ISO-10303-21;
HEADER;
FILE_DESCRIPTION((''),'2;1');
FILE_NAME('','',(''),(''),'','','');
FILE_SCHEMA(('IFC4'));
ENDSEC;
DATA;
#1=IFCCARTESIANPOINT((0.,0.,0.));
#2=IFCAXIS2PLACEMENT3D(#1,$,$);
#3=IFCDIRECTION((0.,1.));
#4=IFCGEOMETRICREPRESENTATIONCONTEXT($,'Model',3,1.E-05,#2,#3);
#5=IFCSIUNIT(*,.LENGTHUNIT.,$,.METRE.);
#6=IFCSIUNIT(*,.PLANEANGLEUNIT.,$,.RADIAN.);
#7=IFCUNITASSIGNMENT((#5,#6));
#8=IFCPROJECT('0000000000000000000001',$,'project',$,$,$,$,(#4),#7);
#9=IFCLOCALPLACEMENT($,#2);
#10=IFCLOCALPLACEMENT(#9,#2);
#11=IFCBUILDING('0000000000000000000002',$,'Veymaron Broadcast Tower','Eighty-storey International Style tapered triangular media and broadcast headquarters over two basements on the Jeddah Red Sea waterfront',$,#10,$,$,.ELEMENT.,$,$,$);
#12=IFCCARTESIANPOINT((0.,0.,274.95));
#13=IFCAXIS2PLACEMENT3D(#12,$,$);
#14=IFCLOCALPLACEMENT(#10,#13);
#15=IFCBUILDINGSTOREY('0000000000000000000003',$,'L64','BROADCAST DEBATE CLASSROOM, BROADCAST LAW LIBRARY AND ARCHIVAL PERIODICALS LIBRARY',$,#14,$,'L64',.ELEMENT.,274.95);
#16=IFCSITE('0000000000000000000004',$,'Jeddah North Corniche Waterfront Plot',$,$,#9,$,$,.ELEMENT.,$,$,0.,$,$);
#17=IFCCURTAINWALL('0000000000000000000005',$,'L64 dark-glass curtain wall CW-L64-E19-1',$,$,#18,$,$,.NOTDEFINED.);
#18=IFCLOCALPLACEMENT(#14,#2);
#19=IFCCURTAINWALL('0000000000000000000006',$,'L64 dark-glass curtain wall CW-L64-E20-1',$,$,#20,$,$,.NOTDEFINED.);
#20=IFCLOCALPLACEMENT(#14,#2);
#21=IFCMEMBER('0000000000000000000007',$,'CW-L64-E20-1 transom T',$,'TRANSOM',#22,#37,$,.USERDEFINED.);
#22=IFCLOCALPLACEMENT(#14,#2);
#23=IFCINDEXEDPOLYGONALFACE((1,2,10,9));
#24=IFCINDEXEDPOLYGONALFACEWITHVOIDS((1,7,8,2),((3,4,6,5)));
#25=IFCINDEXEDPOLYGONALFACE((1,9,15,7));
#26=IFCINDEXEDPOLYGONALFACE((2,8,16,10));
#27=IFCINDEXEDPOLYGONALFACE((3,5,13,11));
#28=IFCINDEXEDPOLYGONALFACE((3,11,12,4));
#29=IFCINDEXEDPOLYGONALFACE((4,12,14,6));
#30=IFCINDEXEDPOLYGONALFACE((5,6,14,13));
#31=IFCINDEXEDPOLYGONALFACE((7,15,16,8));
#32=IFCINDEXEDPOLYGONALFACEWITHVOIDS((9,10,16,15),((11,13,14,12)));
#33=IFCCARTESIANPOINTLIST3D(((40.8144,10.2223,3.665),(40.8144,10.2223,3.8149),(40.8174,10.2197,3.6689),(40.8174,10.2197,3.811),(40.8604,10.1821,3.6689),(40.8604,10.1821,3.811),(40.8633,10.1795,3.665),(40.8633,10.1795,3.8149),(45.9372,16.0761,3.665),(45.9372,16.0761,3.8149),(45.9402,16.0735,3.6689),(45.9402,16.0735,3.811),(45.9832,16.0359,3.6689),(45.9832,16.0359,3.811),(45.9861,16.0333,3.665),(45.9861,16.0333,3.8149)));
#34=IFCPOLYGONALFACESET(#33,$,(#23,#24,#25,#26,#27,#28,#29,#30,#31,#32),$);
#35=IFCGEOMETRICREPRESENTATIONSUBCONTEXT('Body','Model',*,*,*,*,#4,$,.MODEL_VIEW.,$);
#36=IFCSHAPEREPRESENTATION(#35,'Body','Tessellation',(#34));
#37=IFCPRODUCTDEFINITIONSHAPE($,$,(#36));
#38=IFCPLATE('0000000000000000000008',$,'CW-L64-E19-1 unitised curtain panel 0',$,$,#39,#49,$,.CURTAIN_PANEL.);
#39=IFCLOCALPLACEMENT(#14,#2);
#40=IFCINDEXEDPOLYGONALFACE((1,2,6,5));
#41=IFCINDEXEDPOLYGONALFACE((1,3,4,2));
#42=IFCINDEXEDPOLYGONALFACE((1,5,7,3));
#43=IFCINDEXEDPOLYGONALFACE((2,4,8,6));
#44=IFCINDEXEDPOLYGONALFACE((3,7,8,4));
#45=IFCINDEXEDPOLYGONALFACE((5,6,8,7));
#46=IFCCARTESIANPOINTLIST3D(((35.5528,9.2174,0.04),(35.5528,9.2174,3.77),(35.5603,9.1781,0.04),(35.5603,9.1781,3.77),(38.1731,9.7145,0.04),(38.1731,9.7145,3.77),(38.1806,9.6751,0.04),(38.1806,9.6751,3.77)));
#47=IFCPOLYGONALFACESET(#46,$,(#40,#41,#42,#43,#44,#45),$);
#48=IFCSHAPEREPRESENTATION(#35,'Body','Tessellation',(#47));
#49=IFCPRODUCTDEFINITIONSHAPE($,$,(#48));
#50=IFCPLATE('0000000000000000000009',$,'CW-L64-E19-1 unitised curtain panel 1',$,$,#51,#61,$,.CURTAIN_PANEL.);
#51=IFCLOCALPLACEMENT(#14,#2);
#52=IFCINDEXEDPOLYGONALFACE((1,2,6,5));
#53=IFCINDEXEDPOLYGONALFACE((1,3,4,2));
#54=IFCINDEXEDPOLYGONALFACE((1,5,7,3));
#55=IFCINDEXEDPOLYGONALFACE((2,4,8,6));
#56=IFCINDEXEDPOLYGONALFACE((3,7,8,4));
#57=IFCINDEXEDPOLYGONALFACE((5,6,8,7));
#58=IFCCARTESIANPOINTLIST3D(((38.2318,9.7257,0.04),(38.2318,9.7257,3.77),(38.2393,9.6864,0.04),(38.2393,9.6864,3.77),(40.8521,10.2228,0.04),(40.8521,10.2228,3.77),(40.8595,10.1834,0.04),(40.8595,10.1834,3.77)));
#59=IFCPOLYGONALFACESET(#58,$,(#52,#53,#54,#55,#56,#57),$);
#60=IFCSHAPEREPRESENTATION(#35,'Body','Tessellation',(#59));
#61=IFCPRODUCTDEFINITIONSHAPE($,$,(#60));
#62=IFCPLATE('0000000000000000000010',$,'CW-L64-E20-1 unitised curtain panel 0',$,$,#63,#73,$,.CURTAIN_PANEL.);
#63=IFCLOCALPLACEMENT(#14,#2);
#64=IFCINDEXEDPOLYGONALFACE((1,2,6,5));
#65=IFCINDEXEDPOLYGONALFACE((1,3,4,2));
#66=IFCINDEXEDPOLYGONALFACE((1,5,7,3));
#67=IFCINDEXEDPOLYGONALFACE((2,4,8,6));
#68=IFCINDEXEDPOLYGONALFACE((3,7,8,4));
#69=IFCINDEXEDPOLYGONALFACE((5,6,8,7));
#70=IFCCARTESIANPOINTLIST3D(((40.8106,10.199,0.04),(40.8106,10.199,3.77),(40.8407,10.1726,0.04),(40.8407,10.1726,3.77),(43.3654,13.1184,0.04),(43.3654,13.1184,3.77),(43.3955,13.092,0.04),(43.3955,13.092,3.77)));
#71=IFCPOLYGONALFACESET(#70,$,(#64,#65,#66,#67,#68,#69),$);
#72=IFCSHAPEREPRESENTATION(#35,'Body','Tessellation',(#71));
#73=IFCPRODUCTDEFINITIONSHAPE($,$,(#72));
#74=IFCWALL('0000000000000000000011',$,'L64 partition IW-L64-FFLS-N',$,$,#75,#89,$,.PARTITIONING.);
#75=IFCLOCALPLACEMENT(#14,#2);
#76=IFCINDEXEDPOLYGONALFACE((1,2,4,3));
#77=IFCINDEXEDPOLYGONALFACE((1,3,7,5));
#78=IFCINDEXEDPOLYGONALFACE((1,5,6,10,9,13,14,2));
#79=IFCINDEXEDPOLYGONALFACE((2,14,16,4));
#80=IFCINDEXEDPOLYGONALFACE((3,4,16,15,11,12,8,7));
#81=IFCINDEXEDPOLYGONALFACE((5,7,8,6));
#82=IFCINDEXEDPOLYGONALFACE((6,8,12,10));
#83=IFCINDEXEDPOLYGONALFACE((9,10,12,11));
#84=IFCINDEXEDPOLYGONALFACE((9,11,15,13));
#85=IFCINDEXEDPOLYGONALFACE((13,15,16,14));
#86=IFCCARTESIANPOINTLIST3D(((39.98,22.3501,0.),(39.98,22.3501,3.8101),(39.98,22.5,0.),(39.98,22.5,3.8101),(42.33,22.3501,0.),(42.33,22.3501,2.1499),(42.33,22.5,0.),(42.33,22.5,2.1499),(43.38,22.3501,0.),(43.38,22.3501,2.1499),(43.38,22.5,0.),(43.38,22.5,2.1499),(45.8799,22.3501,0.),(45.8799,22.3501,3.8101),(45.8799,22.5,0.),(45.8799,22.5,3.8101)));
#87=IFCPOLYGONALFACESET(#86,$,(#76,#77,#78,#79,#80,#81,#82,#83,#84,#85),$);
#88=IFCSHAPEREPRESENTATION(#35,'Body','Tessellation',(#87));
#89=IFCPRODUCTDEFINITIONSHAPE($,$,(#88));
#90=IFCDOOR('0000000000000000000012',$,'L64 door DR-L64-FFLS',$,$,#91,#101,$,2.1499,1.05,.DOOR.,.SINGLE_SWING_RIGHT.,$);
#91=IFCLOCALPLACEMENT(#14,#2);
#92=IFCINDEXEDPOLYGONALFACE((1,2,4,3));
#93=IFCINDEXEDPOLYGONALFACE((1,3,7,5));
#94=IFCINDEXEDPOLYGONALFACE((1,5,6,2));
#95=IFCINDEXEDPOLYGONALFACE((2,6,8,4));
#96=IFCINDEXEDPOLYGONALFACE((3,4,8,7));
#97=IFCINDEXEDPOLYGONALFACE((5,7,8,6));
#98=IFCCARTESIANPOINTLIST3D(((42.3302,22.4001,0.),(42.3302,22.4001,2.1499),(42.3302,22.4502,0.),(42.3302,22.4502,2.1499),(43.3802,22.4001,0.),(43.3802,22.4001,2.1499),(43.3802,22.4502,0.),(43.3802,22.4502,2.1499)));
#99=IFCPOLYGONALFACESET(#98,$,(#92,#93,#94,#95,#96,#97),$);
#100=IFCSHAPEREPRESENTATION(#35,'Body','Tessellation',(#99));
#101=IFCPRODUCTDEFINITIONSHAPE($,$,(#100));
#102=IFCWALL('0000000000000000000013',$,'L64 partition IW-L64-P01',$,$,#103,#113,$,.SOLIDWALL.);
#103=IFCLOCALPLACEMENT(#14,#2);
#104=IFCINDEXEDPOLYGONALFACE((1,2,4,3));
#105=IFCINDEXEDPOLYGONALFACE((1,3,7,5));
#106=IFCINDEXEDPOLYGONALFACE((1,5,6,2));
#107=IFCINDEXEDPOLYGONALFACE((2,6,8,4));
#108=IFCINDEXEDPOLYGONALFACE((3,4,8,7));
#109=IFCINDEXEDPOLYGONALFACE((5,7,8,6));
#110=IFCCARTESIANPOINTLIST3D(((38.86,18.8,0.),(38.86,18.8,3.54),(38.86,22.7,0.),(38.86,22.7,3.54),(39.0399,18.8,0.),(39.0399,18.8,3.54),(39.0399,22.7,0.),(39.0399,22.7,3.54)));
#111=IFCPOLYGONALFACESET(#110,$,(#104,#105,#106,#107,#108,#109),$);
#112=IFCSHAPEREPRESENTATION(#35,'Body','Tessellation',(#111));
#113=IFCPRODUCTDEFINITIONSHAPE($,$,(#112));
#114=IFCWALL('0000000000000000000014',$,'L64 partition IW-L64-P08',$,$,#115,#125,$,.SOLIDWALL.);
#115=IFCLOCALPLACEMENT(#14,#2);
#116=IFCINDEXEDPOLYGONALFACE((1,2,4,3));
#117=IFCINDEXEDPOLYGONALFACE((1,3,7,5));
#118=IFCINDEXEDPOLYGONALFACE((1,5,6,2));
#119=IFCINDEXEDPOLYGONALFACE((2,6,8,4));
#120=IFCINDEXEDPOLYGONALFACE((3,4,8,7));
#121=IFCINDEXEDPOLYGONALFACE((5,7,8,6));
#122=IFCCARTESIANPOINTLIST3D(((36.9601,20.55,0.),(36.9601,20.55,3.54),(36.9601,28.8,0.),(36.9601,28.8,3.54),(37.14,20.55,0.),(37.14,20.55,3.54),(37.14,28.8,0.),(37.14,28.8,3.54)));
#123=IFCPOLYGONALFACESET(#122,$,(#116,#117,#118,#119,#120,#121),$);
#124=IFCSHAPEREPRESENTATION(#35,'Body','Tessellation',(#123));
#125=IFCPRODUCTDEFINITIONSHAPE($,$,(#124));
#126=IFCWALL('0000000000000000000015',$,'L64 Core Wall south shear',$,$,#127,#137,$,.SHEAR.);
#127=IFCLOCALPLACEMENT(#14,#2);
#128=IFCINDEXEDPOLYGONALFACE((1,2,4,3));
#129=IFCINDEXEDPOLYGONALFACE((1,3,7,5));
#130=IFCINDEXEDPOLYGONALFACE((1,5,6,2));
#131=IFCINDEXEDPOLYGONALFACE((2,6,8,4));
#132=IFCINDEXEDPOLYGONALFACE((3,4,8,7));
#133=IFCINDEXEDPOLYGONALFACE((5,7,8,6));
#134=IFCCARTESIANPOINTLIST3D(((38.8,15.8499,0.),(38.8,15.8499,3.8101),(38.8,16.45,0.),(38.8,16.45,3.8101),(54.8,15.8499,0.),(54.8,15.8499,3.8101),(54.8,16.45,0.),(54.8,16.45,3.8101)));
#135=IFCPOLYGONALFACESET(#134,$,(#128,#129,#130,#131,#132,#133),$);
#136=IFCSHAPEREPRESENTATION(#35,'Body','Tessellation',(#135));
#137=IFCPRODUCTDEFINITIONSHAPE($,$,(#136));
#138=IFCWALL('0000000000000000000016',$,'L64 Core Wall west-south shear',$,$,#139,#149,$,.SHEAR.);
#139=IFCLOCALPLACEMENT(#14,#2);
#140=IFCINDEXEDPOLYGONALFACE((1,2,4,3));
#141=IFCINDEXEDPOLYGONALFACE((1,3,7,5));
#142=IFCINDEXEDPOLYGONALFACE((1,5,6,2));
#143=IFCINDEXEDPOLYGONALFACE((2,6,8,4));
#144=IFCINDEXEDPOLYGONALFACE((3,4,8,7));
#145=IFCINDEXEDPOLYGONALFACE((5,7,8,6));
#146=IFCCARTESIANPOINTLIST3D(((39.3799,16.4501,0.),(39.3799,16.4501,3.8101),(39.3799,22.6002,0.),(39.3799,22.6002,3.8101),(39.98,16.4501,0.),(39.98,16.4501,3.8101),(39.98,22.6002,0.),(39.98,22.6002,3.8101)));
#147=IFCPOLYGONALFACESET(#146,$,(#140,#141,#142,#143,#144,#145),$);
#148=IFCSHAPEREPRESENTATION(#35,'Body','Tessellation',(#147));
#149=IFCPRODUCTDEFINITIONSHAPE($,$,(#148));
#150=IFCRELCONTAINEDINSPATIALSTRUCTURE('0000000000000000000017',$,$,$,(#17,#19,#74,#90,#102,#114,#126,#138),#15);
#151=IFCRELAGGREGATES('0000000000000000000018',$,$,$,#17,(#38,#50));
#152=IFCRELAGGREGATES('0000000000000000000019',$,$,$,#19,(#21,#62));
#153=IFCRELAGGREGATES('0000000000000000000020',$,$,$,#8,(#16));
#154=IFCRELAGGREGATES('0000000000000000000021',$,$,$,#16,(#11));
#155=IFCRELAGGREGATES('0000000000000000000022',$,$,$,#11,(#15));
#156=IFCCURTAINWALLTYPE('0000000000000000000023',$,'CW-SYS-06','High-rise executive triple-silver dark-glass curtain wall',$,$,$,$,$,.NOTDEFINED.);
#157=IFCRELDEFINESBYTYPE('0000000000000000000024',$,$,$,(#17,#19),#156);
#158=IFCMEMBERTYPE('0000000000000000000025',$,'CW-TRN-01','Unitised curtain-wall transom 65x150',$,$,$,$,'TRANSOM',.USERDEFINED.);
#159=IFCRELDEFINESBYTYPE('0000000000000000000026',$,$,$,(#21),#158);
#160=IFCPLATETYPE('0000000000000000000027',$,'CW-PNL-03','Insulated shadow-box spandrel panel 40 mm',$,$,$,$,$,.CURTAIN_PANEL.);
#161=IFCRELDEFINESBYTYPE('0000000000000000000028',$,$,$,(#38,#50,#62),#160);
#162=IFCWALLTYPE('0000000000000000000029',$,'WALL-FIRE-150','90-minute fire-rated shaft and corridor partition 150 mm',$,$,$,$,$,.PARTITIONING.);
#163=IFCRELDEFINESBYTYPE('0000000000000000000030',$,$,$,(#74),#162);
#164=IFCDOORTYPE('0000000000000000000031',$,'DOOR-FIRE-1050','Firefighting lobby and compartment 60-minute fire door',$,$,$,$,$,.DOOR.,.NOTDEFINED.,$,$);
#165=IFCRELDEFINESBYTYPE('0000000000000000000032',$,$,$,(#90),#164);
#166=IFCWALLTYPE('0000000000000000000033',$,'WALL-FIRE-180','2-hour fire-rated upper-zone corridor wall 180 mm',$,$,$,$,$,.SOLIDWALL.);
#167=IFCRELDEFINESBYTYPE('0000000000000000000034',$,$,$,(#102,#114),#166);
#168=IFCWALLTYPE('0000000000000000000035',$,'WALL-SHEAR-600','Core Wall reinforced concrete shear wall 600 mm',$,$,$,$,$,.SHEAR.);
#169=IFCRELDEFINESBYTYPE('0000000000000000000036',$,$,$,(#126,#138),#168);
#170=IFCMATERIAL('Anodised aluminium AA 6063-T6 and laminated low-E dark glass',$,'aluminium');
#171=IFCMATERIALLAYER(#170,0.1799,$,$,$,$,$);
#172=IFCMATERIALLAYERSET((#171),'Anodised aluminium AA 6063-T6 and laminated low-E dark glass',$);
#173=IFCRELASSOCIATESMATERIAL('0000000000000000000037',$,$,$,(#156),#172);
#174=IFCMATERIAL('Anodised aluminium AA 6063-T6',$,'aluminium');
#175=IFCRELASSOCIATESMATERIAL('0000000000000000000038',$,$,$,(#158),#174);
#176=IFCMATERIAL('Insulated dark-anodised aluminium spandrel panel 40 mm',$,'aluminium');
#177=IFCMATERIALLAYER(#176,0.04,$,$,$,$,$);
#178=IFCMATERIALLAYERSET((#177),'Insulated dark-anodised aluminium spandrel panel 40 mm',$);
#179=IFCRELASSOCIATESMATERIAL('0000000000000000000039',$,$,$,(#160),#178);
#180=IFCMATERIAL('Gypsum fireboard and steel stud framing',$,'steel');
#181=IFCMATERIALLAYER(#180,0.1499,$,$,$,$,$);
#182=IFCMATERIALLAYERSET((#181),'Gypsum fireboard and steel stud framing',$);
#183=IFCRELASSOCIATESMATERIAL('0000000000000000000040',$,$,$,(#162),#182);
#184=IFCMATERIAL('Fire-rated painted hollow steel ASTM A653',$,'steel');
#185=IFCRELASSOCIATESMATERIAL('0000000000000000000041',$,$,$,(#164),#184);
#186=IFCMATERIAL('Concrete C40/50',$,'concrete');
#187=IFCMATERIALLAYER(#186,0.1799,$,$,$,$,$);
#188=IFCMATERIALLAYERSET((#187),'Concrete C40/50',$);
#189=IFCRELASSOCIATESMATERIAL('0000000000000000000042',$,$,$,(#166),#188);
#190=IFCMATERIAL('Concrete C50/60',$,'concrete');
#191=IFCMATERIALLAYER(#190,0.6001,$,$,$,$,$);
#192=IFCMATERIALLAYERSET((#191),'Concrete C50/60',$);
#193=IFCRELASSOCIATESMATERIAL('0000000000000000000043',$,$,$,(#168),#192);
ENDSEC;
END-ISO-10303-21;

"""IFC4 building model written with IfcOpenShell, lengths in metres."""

from ifc_helpers import new_model, si_unit, direction, frame, frame_2d, origin, origin_2d, place, context, subcontext, project, spatial, rectangle, hollow_rectangle, extrude, material, layer, layer_set, material_profile, profile_set, type_object, element, fill, aggregate, save


model = new_model("IFC4")

# Units and contexts
model_context = context("Model", 3, precision=1e-05, world=origin(), true_north=direction((0.0, 1.0)))
body_context = subcontext(model_context, "Body", "Model", "MODEL_VIEW")
ifc_project = project(units=[si_unit("LENGTHUNIT", "METRE"), si_unit("PLANEANGLEUNIT", "RADIAN")], contexts=[model_context])

# Site, building, storey
site_placement = place(None, origin())
site = spatial("IfcSite", under=ifc_project, at=site_placement, Name="Jeddah North Corniche Waterfront Plot", CompositionType="ELEMENT", RefElevation=0.0)
building_placement = place(site_placement, origin())
building = spatial("IfcBuilding", under=site, at=building_placement, Name="Veymaron Broadcast Tower", Description="Eighty-storey International Style tapered triangular media and broadcast headquarters over two basements on the Jeddah Red Sea waterfront", CompositionType="ELEMENT")
storey_placement = place(building_placement, frame((0.0, 0.0, 274.95)))
storey = spatial("IfcBuildingStorey", under=building, at=storey_placement, Name="L64", Description="BROADCAST DEBATE CLASSROOM, BROADCAST LAW LIBRARY AND ARCHIVAL PERIODICALS LIBRARY", LongName="L64", CompositionType="ELEMENT", Elevation=274.95)

# Curtain walls, member
ifc_material_1 = material(Name="Anodised aluminium AA 6063-T6 and laminated low-E dark glass", Category="aluminium")
ifc_layer_1 = layer(ifc_material_1, 0.1799)
ifc_layer_set_1 = layer_set([ifc_layer_1], Name="Anodised aluminium AA 6063-T6 and laminated low-E dark glass")
curtain_wall_type = type_object("IfcCurtainWallType", Name="CW-SYS-06", Description="High-rise executive triple-silver dark-glass curtain wall", PredefinedType="NOTDEFINED", material=ifc_layer_set_1)
curtain_wall_1_placement = place(storey_placement, origin())
curtain_wall_1 = element("IfcCurtainWall", 1, at=curtain_wall_1_placement, inside=storey, type_object=curtain_wall_type, Name="L64 dark-glass curtain wall CW-L64-E19-1", PredefinedType="NOTDEFINED")
ifc_material_2 = material(Name="Anodised aluminium AA 6063-T6", Category="aluminium")
curtain_wall_2_placement = place(storey_placement, origin())
curtain_wall_2 = element("IfcCurtainWall", 2, at=curtain_wall_2_placement, inside=storey, type_object=curtain_wall_type, Name="L64 dark-glass curtain wall CW-L64-E20-1", PredefinedType="NOTDEFINED")
ifc_material_profile_1 = material_profile(ifc_material_2, hollow_rectangle(XDim=0.0649, YDim=0.1499, WallThickness=0.0039, at=origin_2d()), Name="AL150X65X4")
ifc_profile_set_1 = profile_set([ifc_material_profile_1], Name="Anodised aluminium AA 6063-T6")
member_type_1 = type_object("IfcMemberType", Name="CW-TRN-01", Description="Unitised curtain-wall transom 65x150", ElementType="TRANSOM", PredefinedType="USERDEFINED", material=ifc_profile_set_1)
member_1_placement = place(storey_placement, frame((40.8389, 10.2009, 3.74), z_axis=(0.65856, 0.752528, 0.0), x_axis=(-0.752528, 0.65856, 0.0)))
member_1 = element("IfcMember", 3, at=member_1_placement, type_object=member_type_1, Name="CW-L64-E20-1 transom T", ObjectType="TRANSOM", PredefinedType="USERDEFINED", context=body_context, shape_type="SweptSolid", body=[
    extrude(hollow_rectangle(XDim=0.0649, YDim=0.1499, WallThickness=0.0039, at=origin_2d()), origin(), (0.0, 0.0, 1.0), 7.7788),
])

# Plates
ifc_material_3 = material(Name="Insulated dark-anodised aluminium spandrel panel 40 mm", Category="aluminium")
ifc_layer_2 = layer(ifc_material_3, 0.04)
ifc_layer_set_2 = layer_set([ifc_layer_2], Name="Insulated dark-anodised aluminium spandrel panel 40 mm")
plate_type = type_object("IfcPlateType", Name="CW-PNL-03", Description="Insulated shadow-box spandrel panel 40 mm", PredefinedType="CURTAIN_PANEL", material=ifc_layer_set_2)
plate_1_placement = place(storey_placement, frame((36.8667, 9.4463, 0.04), z_axis=(0.0, 0.0, 1.0), x_axis=(0.98248, 0.18637, 0.0)))
plate_1 = element("IfcPlate", 4, at=plate_1_placement, type_object=plate_type, Name="CW-L64-E19-1 unitised curtain panel 0", PredefinedType="CURTAIN_PANEL", context=body_context, shape_type="SweptSolid", body=[
    extrude(rectangle(XDim=2.667, YDim=0.04, at=origin_2d()), origin(), (0.0, 0.0, 1.0), 3.73),
])
plate_2_placement = place(storey_placement, frame((39.5457, 9.9546, 0.04), z_axis=(0.0, 0.0, 1.0), x_axis=(0.98248, 0.18637, 0.0)))
plate_2 = element("IfcPlate", 5, at=plate_2_placement, type_object=plate_type, Name="CW-L64-E19-1 unitised curtain panel 1", PredefinedType="CURTAIN_PANEL", context=body_context, shape_type="SweptSolid", body=[
    extrude(rectangle(XDim=2.667, YDim=0.04, at=origin_2d()), origin(), (0.0, 0.0, 1.0), 3.73),
])
aggregate(curtain_wall_1, [plate_1, plate_2])
plate_3_placement = place(storey_placement, frame((42.103, 11.6455, 0.04), z_axis=(0.0, 0.0, 1.0), x_axis=(0.658558, 0.75253, 0.0)))
plate_3 = element("IfcPlate", 6, at=plate_3_placement, type_object=plate_type, Name="CW-L64-E20-1 unitised curtain panel 0", PredefinedType="CURTAIN_PANEL", context=body_context, shape_type="SweptSolid", body=[
    extrude(rectangle(XDim=3.8794, YDim=0.04, at=origin_2d()), origin(), (0.0, 0.0, 1.0), 3.73),
])
aggregate(curtain_wall_2, [member_1, plate_3])

# Wall, opening, door
ifc_material_4 = material(Name="Gypsum fireboard and steel stud framing", Category="steel")
ifc_layer_3 = layer(ifc_material_4, 0.1499)
ifc_layer_set_3 = layer_set([ifc_layer_3], Name="Gypsum fireboard and steel stud framing")
wall_type_1 = type_object("IfcWallType", Name="WALL-FIRE-150", Description="90-minute fire-rated shaft and corridor partition 150 mm", PredefinedType="PARTITIONING", material=ifc_layer_set_3)
wall_1_placement = place(storey_placement, frame((39.98, 22.425, 0.0), z_axis=(0.0, 0.0, 1.0), x_axis=(1.0, 0.0, 0.0)))
wall_1 = element("IfcWall", 7, at=wall_1_placement, inside=storey, type_object=wall_type_1, Name="L64 partition IW-L64-FFLS-N", PredefinedType="PARTITIONING", context=body_context, shape_type="SweptSolid", body=[
    extrude(rectangle(XDim=5.8999, YDim=0.1499, at=frame_2d((2.95, 0.0))), origin(), (0.0, 0.0, 1.0), 3.8101),
])
opening_1_placement = place(wall_1_placement, frame((2.3501, 0.0, 0.0)))
opening_1 = element("IfcOpeningElement", 8, at=opening_1_placement, cuts=wall_1, PredefinedType="OPENING", context=body_context, shape_type="SweptSolid", body=[
    extrude(rectangle(XDim=1.05, YDim=2.1499, at=frame_2d((0.5249, 1.075))), frame((0.0, 0.085, 0.0), z_axis=(0.0, -1.0, 0.0), x_axis=(1.0, 0.0, 0.0)), (0.0, 0.0, 1.0), 0.1699),
])
ifc_material_5 = material(Name="Fire-rated painted hollow steel ASTM A653", Category="steel")
door_type_1 = type_object("IfcDoorType", Name="DOOR-FIRE-1050", Description="Firefighting lobby and compartment 60-minute fire door", OperationType="NOTDEFINED", PredefinedType="DOOR", material=ifc_material_5)
door_1_placement = place(opening_1_placement, frame((1.05, 0.0, 0.0), z_axis=(0.0, 0.0, 1.0), x_axis=(-1.0, 0.0, 0.0)))
door_1 = element("IfcDoor", 9, at=door_1_placement, inside=storey, type_object=door_type_1, Name="L64 door DR-L64-FFLS", OperationType="SINGLE_SWING_RIGHT", OverallHeight=2.1499, OverallWidth=1.05, PredefinedType="DOOR", context=body_context, shape_type="SweptSolid", body=[
    extrude(rectangle(XDim=1.05, YDim=2.1499, at=frame_2d((0.5249, 1.075))), frame((0.0, 0.0249, 0.0), z_axis=(0.0, -1.0, 0.0), x_axis=(1.0, 0.0, 0.0)), (0.0, 0.0, 1.0), 0.05),
])
fill(opening_1, door_1)

# Walls
ifc_material_6 = material(Name="Concrete C40/50", Category="concrete")
ifc_layer_4 = layer(ifc_material_6, 0.1799)
ifc_layer_set_4 = layer_set([ifc_layer_4], Name="Concrete C40/50")
wall_type_2 = type_object("IfcWallType", Name="WALL-FIRE-180", Description="2-hour fire-rated upper-zone corridor wall 180 mm", PredefinedType="SOLIDWALL", material=ifc_layer_set_4)
wall_2_placement = place(storey_placement, frame((38.95, 18.8, 0.0), z_axis=(0.0, 0.0, 1.0), x_axis=(0.0, 1.0, 0.0)))
element("IfcWall", 10, at=wall_2_placement, inside=storey, type_object=wall_type_2, Name="L64 partition IW-L64-P01", PredefinedType="SOLIDWALL", context=body_context, shape_type="SweptSolid", body=[
    extrude(rectangle(XDim=3.8999, YDim=0.1799, at=frame_2d((1.95, 0.0))), origin(), (0.0, 0.0, 1.0), 3.54),
])
wall_3_placement = place(storey_placement, frame((37.05, 20.55, 0.0), z_axis=(0.0, 0.0, 1.0), x_axis=(0.0, 1.0, 0.0)))
element("IfcWall", 11, at=wall_3_placement, inside=storey, type_object=wall_type_2, Name="L64 partition IW-L64-P08", PredefinedType="SOLIDWALL", context=body_context, shape_type="SweptSolid", body=[
    extrude(rectangle(XDim=8.25, YDim=0.1799, at=frame_2d((4.125, 0.0))), origin(), (0.0, 0.0, 1.0), 3.54),
])

# Shared definitions
ifc_material_7 = material(Name="Concrete C50/60", Category="concrete")

# Walls
ifc_layer_5 = layer(ifc_material_7, 0.6001)
ifc_layer_set_5 = layer_set([ifc_layer_5], Name="Concrete C50/60")
wall_type_3 = type_object("IfcWallType", Name="WALL-SHEAR-600", Description="Core Wall reinforced concrete shear wall 600 mm", PredefinedType="SHEAR", material=ifc_layer_set_5)
wall_4_placement = place(storey_placement, frame((38.8, 16.1499, 0.0), z_axis=(0.0, 0.0, 1.0), x_axis=(1.0, 0.0, 0.0)))
element("IfcWall", 12, at=wall_4_placement, inside=storey, type_object=wall_type_3, Name="L64 Core Wall south shear", PredefinedType="SHEAR", context=body_context, shape_type="SweptSolid", body=[
    extrude(rectangle(XDim=16.0, YDim=0.6001, at=frame_2d((8.0, 0.0))), origin(), (0.0, 0.0, 1.0), 3.8101),
])
wall_5_placement = place(storey_placement, frame((39.6799, 16.45, 0.0), z_axis=(0.0, 0.0, 1.0), x_axis=(0.0, 1.0, 0.0)))
element("IfcWall", 13, at=wall_5_placement, inside=storey, type_object=wall_type_3, Name="L64 Core Wall west-south shear", PredefinedType="SHEAR", context=body_context, shape_type="SweptSolid", body=[
    extrude(rectangle(XDim=6.1501, YDim=0.6001, at=frame_2d((3.0752, 0.0))), origin(), (0.0, 0.0, 1.0), 3.8101),
])

save(model, "model.ifc")
